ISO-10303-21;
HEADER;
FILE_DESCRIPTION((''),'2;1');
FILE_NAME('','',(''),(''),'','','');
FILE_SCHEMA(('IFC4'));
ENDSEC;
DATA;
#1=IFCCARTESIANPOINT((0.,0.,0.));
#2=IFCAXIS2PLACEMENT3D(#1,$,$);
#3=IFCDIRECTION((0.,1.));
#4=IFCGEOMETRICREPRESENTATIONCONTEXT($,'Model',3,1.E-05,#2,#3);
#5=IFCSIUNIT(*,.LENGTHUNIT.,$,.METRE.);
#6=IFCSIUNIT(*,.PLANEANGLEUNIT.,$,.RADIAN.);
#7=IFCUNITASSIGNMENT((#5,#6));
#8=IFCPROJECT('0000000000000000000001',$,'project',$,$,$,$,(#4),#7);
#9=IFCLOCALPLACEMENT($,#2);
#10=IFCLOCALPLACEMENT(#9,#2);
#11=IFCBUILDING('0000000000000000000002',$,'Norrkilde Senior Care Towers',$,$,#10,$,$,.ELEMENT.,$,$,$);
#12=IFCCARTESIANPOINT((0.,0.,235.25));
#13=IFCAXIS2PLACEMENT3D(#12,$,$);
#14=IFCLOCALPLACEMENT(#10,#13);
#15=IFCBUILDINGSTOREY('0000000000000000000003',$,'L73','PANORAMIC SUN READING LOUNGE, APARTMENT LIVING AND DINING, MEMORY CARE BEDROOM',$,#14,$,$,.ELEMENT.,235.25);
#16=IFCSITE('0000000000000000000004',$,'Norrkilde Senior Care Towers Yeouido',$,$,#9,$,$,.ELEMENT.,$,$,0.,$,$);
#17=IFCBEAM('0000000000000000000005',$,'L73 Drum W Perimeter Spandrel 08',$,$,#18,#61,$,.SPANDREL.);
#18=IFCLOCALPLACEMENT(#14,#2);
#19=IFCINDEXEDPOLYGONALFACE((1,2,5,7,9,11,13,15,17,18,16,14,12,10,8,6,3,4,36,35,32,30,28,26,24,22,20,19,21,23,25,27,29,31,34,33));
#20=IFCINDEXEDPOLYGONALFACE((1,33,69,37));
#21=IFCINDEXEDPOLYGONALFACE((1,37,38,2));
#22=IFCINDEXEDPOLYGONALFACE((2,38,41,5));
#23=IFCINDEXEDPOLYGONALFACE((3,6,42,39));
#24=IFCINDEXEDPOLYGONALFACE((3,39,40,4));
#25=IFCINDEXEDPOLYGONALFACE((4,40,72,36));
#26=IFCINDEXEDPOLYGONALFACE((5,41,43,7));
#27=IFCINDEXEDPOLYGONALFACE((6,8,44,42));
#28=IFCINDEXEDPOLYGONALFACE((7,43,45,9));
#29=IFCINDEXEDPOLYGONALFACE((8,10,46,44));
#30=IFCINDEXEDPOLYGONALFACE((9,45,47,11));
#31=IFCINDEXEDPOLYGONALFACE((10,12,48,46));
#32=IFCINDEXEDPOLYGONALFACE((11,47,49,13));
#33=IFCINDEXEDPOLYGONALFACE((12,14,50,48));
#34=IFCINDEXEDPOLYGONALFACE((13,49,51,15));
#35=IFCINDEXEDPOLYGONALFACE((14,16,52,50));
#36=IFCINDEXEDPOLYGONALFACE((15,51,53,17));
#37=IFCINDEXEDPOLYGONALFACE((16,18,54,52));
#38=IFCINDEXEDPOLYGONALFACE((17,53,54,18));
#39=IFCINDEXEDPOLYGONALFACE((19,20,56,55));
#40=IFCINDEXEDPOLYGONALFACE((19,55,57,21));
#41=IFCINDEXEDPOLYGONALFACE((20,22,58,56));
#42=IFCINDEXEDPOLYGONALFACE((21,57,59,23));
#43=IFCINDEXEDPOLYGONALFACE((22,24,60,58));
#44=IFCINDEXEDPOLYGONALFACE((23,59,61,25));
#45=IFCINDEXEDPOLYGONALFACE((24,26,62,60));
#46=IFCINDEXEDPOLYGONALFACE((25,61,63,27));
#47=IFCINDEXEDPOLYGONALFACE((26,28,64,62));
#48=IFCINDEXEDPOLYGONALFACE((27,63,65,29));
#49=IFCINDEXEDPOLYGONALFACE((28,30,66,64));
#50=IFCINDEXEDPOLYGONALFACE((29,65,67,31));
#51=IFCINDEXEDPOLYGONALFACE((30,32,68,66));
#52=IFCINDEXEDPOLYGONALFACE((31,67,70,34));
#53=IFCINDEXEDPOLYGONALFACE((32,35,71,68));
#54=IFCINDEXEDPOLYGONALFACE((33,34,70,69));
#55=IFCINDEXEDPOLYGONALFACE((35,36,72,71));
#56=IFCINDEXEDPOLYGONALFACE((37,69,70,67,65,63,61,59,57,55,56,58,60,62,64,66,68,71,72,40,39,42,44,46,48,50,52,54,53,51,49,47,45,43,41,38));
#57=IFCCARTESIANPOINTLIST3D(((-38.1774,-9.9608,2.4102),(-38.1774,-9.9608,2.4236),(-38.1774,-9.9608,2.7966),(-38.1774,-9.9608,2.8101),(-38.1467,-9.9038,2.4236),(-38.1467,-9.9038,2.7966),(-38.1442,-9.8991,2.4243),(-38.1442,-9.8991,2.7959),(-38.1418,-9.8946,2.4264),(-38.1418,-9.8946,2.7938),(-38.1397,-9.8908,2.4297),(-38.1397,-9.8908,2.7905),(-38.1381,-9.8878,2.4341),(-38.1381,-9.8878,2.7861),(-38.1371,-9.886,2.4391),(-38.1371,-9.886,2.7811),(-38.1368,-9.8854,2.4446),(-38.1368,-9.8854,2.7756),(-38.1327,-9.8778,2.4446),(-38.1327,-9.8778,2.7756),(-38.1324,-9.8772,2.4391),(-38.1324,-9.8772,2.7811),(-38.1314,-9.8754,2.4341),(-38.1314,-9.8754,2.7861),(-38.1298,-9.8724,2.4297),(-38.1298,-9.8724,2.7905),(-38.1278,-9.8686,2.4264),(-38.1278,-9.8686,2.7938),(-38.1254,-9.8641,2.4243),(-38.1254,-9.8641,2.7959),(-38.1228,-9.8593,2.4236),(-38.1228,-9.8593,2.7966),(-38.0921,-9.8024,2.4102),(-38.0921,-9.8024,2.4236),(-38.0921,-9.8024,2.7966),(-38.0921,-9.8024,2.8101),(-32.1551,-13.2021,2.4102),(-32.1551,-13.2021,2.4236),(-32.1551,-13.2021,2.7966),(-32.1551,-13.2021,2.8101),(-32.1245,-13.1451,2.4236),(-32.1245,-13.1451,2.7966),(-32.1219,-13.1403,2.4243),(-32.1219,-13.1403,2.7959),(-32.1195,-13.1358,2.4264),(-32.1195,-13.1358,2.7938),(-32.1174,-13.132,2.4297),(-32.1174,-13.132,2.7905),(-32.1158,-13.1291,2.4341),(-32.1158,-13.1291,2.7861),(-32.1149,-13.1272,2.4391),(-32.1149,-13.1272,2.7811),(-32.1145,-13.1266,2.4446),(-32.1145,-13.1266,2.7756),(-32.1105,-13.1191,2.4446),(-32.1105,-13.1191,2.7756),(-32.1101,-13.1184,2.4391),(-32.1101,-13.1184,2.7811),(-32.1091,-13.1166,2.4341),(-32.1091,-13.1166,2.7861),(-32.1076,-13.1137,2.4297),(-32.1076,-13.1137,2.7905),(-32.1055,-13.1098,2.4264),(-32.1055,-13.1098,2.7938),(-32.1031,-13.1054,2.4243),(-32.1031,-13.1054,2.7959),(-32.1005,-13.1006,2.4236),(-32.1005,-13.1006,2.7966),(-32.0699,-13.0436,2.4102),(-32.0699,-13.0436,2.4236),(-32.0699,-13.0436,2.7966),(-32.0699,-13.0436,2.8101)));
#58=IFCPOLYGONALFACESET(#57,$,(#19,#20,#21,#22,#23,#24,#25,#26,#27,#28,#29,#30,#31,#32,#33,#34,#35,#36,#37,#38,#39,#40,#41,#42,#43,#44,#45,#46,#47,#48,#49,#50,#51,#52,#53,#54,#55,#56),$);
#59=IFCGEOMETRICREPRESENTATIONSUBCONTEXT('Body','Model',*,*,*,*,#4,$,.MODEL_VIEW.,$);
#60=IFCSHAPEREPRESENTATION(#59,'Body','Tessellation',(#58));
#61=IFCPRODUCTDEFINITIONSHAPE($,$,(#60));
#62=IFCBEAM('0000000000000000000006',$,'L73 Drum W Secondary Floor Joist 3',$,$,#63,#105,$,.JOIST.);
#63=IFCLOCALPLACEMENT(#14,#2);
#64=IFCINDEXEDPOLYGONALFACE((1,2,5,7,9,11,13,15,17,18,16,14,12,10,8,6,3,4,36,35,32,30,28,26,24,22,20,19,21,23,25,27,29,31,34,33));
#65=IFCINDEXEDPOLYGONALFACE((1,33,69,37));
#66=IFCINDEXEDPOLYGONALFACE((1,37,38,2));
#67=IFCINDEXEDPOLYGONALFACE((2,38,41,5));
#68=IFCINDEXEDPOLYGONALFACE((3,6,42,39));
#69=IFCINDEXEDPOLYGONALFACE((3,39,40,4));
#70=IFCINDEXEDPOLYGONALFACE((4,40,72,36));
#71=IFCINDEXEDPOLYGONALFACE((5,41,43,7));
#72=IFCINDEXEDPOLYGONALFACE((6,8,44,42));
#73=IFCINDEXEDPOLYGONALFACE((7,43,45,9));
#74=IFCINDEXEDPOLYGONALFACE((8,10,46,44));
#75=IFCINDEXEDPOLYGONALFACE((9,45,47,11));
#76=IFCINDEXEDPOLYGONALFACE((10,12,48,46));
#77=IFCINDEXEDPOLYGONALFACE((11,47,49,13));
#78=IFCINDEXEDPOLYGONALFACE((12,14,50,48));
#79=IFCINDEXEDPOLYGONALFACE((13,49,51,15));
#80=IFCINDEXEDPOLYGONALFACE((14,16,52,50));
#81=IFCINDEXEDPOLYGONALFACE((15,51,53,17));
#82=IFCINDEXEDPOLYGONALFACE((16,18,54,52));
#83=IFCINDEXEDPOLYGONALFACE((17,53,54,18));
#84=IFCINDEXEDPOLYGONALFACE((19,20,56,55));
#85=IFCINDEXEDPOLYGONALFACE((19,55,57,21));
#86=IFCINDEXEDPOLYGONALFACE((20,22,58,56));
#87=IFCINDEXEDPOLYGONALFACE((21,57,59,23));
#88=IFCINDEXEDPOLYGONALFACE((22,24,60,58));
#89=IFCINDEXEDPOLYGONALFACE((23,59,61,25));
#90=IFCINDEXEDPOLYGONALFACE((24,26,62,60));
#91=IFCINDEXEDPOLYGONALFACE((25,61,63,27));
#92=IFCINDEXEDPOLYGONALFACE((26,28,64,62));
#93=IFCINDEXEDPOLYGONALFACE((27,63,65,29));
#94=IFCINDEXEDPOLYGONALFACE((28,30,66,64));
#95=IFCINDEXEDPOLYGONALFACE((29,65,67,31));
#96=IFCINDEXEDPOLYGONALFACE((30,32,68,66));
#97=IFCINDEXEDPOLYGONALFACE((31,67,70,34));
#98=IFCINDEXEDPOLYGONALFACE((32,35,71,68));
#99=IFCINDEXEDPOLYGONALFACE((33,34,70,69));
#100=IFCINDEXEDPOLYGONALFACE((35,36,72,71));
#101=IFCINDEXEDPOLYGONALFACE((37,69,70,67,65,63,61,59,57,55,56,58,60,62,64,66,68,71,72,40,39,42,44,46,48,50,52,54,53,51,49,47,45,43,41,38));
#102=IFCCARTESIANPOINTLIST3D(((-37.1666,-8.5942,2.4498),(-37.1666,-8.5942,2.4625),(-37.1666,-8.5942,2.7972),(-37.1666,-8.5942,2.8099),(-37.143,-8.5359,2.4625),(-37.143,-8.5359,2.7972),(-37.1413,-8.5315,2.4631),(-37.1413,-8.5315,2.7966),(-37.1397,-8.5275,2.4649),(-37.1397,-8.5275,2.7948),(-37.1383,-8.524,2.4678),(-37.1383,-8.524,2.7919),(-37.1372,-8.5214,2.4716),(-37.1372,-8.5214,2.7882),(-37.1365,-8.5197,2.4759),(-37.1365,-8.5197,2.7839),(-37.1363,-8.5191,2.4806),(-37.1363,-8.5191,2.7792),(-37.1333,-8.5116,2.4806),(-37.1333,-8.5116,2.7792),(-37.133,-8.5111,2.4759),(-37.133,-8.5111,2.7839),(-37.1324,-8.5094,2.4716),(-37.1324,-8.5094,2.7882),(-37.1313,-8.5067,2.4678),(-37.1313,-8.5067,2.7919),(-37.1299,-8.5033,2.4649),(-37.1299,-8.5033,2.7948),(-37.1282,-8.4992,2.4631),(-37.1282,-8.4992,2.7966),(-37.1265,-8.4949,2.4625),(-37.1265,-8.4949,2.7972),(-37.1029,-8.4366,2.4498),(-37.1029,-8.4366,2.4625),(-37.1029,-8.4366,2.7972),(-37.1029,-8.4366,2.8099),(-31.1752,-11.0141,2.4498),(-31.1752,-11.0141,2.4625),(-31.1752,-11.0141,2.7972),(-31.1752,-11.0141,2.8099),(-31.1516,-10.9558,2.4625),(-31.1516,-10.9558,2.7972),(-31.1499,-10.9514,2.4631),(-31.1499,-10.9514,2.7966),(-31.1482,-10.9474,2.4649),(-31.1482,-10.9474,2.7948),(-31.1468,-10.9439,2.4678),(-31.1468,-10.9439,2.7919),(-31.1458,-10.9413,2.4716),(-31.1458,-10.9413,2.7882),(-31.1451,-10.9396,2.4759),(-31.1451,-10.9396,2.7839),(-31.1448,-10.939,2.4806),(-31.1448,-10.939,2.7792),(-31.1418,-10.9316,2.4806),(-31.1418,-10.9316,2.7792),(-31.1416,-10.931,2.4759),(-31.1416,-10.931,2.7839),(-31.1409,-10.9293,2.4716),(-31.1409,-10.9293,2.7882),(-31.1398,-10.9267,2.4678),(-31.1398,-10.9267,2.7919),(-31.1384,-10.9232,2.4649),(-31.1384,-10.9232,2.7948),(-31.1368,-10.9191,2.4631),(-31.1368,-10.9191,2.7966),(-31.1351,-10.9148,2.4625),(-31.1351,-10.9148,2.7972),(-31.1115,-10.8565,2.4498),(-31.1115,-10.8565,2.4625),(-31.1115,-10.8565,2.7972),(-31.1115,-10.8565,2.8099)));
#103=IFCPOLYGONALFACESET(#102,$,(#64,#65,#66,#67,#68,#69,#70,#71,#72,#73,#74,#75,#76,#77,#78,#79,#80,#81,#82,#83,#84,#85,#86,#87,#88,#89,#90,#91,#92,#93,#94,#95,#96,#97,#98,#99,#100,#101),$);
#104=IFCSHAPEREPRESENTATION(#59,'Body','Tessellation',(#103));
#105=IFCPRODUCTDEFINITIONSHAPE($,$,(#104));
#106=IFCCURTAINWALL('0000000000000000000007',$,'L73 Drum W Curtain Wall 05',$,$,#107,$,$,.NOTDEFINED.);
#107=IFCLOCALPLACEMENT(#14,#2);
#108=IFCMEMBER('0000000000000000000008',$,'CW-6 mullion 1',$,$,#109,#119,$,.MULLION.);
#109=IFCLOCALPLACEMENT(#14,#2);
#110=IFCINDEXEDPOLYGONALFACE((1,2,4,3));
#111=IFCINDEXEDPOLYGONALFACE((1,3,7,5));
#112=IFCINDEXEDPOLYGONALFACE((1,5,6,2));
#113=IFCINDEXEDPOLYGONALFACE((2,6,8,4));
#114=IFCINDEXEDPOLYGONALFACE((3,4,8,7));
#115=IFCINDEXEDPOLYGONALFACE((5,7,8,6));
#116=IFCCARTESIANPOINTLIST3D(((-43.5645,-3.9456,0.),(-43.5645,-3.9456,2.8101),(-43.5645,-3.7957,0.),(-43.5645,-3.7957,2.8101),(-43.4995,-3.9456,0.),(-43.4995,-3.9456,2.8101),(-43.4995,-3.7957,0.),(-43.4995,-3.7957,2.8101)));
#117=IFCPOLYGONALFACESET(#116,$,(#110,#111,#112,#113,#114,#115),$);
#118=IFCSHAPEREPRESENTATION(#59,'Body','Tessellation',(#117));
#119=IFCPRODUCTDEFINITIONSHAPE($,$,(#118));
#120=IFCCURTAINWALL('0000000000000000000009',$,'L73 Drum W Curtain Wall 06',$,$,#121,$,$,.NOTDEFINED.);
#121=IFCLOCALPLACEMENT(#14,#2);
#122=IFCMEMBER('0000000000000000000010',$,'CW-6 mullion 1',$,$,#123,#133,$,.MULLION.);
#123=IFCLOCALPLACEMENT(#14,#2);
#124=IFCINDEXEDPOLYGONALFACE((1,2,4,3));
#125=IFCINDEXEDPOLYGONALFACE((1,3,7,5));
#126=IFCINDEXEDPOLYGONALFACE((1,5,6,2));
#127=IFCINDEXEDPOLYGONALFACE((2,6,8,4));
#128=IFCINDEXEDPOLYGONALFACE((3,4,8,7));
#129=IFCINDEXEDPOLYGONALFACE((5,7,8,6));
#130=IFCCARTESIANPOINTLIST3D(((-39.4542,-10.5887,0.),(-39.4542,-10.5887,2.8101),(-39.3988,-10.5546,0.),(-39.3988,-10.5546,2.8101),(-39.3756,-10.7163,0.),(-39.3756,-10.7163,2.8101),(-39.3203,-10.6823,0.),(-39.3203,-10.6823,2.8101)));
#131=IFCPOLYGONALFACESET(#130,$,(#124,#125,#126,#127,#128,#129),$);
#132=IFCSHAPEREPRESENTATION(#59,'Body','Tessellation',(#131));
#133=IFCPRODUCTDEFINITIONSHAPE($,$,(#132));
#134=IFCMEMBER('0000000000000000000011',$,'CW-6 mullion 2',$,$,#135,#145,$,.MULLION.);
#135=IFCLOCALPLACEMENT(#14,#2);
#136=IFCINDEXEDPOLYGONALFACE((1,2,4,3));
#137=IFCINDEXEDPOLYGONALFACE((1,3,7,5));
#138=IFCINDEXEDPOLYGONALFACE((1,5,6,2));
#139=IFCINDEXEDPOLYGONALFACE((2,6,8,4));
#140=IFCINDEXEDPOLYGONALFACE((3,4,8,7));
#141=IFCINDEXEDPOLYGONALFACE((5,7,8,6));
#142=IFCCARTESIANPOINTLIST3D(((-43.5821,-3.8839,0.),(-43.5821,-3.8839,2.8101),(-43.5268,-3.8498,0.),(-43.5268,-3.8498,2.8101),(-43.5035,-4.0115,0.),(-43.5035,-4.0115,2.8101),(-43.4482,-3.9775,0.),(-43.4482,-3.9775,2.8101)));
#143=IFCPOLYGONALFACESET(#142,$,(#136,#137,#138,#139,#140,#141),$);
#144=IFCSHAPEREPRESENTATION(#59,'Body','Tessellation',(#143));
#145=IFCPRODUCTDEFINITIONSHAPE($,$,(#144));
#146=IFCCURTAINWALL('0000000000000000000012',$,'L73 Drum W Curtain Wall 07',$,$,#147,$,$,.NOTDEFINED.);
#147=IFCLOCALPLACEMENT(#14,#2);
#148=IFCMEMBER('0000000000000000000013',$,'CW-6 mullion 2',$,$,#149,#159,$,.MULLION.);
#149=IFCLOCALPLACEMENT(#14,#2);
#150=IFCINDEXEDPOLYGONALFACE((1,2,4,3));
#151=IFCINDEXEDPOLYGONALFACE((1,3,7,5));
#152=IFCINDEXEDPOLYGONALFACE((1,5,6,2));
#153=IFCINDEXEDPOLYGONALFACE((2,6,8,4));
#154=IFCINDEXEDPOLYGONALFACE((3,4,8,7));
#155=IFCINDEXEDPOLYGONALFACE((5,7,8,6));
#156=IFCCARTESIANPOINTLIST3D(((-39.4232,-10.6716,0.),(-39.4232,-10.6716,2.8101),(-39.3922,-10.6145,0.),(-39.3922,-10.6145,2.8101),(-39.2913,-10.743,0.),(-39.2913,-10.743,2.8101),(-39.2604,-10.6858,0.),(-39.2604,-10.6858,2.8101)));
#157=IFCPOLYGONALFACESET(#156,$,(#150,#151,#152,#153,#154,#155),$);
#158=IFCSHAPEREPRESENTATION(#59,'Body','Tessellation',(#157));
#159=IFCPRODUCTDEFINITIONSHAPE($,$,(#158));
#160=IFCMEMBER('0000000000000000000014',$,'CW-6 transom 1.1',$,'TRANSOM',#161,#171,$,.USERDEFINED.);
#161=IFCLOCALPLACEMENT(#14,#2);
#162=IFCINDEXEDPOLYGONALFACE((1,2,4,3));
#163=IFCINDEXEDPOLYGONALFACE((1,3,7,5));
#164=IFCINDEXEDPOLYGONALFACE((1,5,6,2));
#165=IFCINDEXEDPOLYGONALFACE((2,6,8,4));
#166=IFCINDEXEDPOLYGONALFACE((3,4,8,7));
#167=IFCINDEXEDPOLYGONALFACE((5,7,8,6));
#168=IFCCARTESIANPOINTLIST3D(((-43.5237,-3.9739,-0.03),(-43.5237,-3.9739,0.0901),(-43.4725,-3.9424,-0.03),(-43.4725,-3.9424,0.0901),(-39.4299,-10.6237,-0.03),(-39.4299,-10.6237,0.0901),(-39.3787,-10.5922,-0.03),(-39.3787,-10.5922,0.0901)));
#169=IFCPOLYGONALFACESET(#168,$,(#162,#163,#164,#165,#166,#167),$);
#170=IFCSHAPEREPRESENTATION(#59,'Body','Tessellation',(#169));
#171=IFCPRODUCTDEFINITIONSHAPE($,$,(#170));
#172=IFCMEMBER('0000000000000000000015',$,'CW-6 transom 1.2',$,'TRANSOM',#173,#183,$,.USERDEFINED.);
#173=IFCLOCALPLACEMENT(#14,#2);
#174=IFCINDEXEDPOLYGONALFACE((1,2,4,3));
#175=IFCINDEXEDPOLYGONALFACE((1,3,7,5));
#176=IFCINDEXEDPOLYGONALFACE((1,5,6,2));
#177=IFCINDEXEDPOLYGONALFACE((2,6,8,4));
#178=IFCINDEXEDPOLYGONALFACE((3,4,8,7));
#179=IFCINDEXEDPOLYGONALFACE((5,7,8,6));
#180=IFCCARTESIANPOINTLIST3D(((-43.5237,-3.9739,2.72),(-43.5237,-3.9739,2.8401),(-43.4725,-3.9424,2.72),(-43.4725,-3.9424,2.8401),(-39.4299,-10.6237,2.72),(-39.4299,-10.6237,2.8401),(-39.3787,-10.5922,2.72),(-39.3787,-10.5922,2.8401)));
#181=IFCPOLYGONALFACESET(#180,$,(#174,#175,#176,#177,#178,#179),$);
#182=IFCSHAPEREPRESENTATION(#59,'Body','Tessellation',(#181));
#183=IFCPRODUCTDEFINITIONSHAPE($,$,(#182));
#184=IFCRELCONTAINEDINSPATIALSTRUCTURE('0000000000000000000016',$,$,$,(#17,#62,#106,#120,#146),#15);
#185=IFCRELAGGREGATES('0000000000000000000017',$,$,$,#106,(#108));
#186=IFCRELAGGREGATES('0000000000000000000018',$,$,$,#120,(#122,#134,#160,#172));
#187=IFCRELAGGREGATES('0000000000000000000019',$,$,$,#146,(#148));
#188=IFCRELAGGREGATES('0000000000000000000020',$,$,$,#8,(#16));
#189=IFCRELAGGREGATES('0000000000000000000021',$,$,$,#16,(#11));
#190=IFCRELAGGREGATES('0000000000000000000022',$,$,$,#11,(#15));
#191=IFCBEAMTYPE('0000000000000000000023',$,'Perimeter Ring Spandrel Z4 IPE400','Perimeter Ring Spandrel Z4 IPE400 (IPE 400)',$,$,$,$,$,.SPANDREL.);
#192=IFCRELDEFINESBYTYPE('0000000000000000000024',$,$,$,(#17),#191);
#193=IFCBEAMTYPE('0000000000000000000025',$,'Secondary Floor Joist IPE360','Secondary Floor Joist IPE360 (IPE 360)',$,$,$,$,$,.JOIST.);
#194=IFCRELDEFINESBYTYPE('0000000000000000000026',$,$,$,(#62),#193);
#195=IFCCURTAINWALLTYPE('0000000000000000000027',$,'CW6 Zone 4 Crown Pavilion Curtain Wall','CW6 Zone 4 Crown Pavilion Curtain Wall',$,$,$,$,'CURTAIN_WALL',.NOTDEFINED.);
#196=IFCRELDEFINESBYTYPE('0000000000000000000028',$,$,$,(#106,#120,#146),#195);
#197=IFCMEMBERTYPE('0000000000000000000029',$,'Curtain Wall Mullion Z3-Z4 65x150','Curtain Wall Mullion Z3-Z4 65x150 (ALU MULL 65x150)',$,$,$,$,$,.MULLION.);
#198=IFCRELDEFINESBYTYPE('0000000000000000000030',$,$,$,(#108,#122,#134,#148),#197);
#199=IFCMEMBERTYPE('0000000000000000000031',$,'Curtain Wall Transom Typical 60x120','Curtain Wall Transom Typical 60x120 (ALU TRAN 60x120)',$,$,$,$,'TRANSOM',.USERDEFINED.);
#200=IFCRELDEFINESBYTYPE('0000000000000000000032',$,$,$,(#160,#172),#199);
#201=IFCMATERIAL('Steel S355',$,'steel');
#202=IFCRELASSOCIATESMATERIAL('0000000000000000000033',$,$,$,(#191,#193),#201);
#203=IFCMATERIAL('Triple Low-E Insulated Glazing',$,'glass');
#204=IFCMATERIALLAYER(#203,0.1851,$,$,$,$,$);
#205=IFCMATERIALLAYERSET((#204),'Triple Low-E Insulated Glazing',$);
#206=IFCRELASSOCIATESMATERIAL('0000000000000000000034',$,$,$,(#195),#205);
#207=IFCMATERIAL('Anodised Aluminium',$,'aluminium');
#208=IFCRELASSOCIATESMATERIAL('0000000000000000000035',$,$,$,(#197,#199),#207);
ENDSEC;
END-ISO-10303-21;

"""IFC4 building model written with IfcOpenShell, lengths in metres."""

from ifc_helpers import new_model, si_unit, direction, frame, origin, origin_2d, place, context, subcontext, project, spatial, rectangle, i_section, extrude, source, transform, mapped, material, layer, layer_set, material_profile, profile_set, type_object, type_shapes, element, aggregate, save


model = new_model("IFC4")

# Units and contexts
model_context = context("Model", 3, precision=1e-05, world=origin(), true_north=direction((0.0, 1.0)))
body_context = subcontext(model_context, "Body", "Model", "MODEL_VIEW")
ifc_project = project(units=[si_unit("LENGTHUNIT", "METRE"), si_unit("PLANEANGLEUNIT", "RADIAN")], contexts=[model_context])

# Site, building, storey
site_placement = place(None, origin())
site = spatial("IfcSite", under=ifc_project, at=site_placement, Name="Norrkilde Senior Care Towers Yeouido", CompositionType="ELEMENT", RefElevation=0.0)
building_placement = place(site_placement, origin())
building = spatial("IfcBuilding", under=site, at=building_placement, Name="Norrkilde Senior Care Towers", CompositionType="ELEMENT")
storey_placement = place(building_placement, frame((0.0, 0.0, 235.25)))
storey = spatial("IfcBuildingStorey", under=building, at=storey_placement, Name="L73", Description="PANORAMIC SUN READING LOUNGE, APARTMENT LIVING AND DINING, MEMORY CARE BEDROOM", CompositionType="ELEMENT", Elevation=235.25)

# Beams
ifc_material_1 = material(Name="Steel S355", Category="steel")
ifc_material_profile_1 = material_profile(ifc_material_1, i_section(OverallWidth=0.1799, OverallDepth=0.3999, WebThickness=0.0085, FlangeThickness=0.0134, FilletRadius=0.021, at=origin_2d()), Name="IPE 400")
ifc_profile_set_1 = profile_set([ifc_material_profile_1], Name="Steel S355")
beam_type_1 = type_object("IfcBeamType", Name="Perimeter Ring Spandrel Z4 IPE400", Description="Perimeter Ring Spandrel Z4 IPE400 (IPE 400)", PredefinedType="SPANDREL", material=ifc_profile_set_1)
shared_shape_1 = source(origin(), body_context, "Body", "SweptSolid", [
    extrude(i_section(OverallWidth=0.1799, OverallDepth=0.3999, WebThickness=0.0085, FlangeThickness=0.0134, FilletRadius=0.021, at=origin_2d()), origin(), (0.0, 0.0, 1.0), 6.8391),
])
beam_1_placement = place(storey_placement, frame((-38.1348, -9.8816, 2.6101), z_axis=(0.880564, -0.473927, 0.0), x_axis=(0.473927, 0.880564, 0.0)))
element("IfcBeam", 1, at=beam_1_placement, inside=storey, type_object=beam_type_1, Name="L73 Drum W Perimeter Spandrel 08", PredefinedType="SPANDREL", context=body_context, shape_type="MappedRepresentation", body=[
    mapped(shared_shape_1, transform((0.0, 0.0, 0.0), x_axis=(1.0, 0.0, 0.0), y_axis=(0.0, 1.0, 0.0), z_axis=(0.0, 0.0, 1.0), scale=1.0)),
])
ifc_material_profile_2 = material_profile(ifc_material_1, i_section(OverallWidth=0.1699, OverallDepth=0.3601, WebThickness=0.0081, FlangeThickness=0.0127, FilletRadius=0.0181, at=origin_2d()), Name="IPE 360")
ifc_profile_set_2 = profile_set([ifc_material_profile_2], Name="Steel S355")
beam_type_2 = type_object("IfcBeamType", Name="Secondary Floor Joist IPE360", Description="Secondary Floor Joist IPE360 (IPE 360)", PredefinedType="JOIST", material=ifc_profile_set_2)
shared_shape_2 = source(origin(), body_context, "Body", "SweptSolid", [
    extrude(i_section(OverallWidth=0.1699, OverallDepth=0.3601, WebThickness=0.0081, FlangeThickness=0.0127, FilletRadius=0.0181, at=origin_2d()), origin(), (0.0, 0.0, 1.0), 6.4617),
])
type_shapes(beam_type_2, [shared_shape_2])
beam_2_placement = place(storey_placement, frame((-37.1348, -8.5154, 2.6299), z_axis=(0.927226, -0.374502, 0.0), x_axis=(0.374502, 0.927226, 0.0)))
element("IfcBeam", 2, at=beam_2_placement, inside=storey, type_object=beam_type_2, Name="L73 Drum W Secondary Floor Joist 3", PredefinedType="JOIST", context=body_context, shape_type="MappedRepresentation", body=[
    mapped(shared_shape_2, transform((0.0, 0.0, 0.0), x_axis=(1.0, 0.0, 0.0), y_axis=(0.0, 1.0, 0.0), z_axis=(0.0, 0.0, 1.0), scale=1.0)),
])

# Curtain wall, member
ifc_material_2 = material(Name="Triple Low-E Insulated Glazing", Category="glass")
ifc_layer_1 = layer(ifc_material_2, 0.1851)
ifc_layer_set_1 = layer_set([ifc_layer_1], Name="Triple Low-E Insulated Glazing")
curtain_wall_type = type_object("IfcCurtainWallType", Name="CW6 Zone 4 Crown Pavilion Curtain Wall", Description="CW6 Zone 4 Crown Pavilion Curtain Wall", ElementType="CURTAIN_WALL", PredefinedType="NOTDEFINED", material=ifc_layer_set_1)
curtain_wall_1_placement = place(storey_placement, origin())
curtain_wall_1 = element("IfcCurtainWall", 3, at=curtain_wall_1_placement, inside=storey, type_object=curtain_wall_type, Name="L73 Drum W Curtain Wall 05", PredefinedType="NOTDEFINED")
ifc_material_3 = material(Name="Anodised Aluminium", Category="aluminium")
ifc_material_profile_3 = material_profile(ifc_material_3, rectangle(XDim=0.0649, YDim=0.1499, at=origin_2d()), Name="ALU MULL 65x150")
ifc_profile_set_3 = profile_set([ifc_material_profile_3], Name="Anodised Aluminium")
member_type_1 = type_object("IfcMemberType", Name="Curtain Wall Mullion Z3-Z4 65x150", Description="Curtain Wall Mullion Z3-Z4 65x150 (ALU MULL 65x150)", PredefinedType="MULLION", material=ifc_profile_set_3)
shared_shape_3 = source(origin(), body_context, "Body", "SweptSolid", [
    extrude(rectangle(XDim=0.0649, YDim=0.1499, at=origin_2d()), origin(), (0.0, 0.0, 1.0), 2.8101),
])
type_shapes(member_type_1, [shared_shape_3])
member_1_placement = place(storey_placement, frame((-43.532, -3.8706, 0.0), z_axis=(0.0, 0.0, 1.0), x_axis=(-1.0, 0.0, 0.0)))
member_1 = element("IfcMember", 4, at=member_1_placement, type_object=member_type_1, Name="CW-6 mullion 1", PredefinedType="MULLION", context=body_context, shape_type="MappedRepresentation", body=[
    mapped(shared_shape_3, transform((0.0, 0.0, 0.0), x_axis=(1.0, 0.0, 0.0), y_axis=(0.0, 1.0, 0.0), z_axis=(0.0, 0.0, 1.0), scale=1.0)),
])

# Curtain wall, members
curtain_wall_2_placement = place(storey_placement, origin())
curtain_wall_2 = element("IfcCurtainWall", 5, at=curtain_wall_2_placement, inside=storey, type_object=curtain_wall_type, Name="L73 Drum W Curtain Wall 06", PredefinedType="NOTDEFINED")
member_2_placement = place(storey_placement, frame((-39.3872, -10.6355, 0.0), z_axis=(0.0, 0.0, 1.0), x_axis=(-0.851563, -0.524253, 0.0)))
member_2 = element("IfcMember", 6, at=member_2_placement, type_object=member_type_1, Name="CW-6 mullion 1", PredefinedType="MULLION", context=body_context, shape_type="MappedRepresentation", body=[
    mapped(shared_shape_3, transform((0.0, 0.0, 0.0), x_axis=(1.0, 0.0, 0.0), y_axis=(0.0, 1.0, 0.0), z_axis=(0.0, 0.0, 1.0), scale=1.0)),
])
member_3_placement = place(storey_placement, frame((-43.5151, -3.9307, 0.0), z_axis=(0.0, 0.0, 1.0), x_axis=(-0.851563, -0.524253, 0.0)))
member_3 = element("IfcMember", 7, at=member_3_placement, type_object=member_type_1, Name="CW-6 mullion 2", PredefinedType="MULLION", context=body_context, shape_type="MappedRepresentation", body=[
    mapped(shared_shape_3, transform((0.0, 0.0, 0.0), x_axis=(1.0, 0.0, 0.0), y_axis=(0.0, 1.0, 0.0), z_axis=(0.0, 0.0, 1.0), scale=1.0)),
])

# Curtain wall, member
curtain_wall_3_placement = place(storey_placement, origin())
curtain_wall_3 = element("IfcCurtainWall", 8, at=curtain_wall_3_placement, inside=storey, type_object=curtain_wall_type, Name="L73 Drum W Curtain Wall 07", PredefinedType="NOTDEFINED")
member_4_placement = place(storey_placement, frame((-39.3418, -10.6787, 0.0), z_axis=(0.0, 0.0, 1.0), x_axis=(-0.476133, -0.879373, 0.0)))
member_4 = element("IfcMember", 9, at=member_4_placement, type_object=member_type_1, Name="CW-6 mullion 2", PredefinedType="MULLION", context=body_context, shape_type="MappedRepresentation", body=[
    mapped(shared_shape_3, transform((0.0, 0.0, 0.0), x_axis=(1.0, 0.0, 0.0), y_axis=(0.0, 1.0, 0.0), z_axis=(0.0, 0.0, 1.0), scale=1.0)),
])

# Members
ifc_material_profile_4 = material_profile(ifc_material_3, rectangle(XDim=0.0601, YDim=0.1201, at=origin_2d()), Name="ALU TRAN 60x120")
ifc_profile_set_4 = profile_set([ifc_material_profile_4], Name="Anodised Aluminium")
member_type_2 = type_object("IfcMemberType", Name="Curtain Wall Transom Typical 60x120", Description="Curtain Wall Transom Typical 60x120 (ALU TRAN 60x120)", ElementType="TRANSOM", PredefinedType="USERDEFINED", material=ifc_profile_set_4)
shared_shape_4 = source(origin(), body_context, "Body", "SweptSolid", [
    extrude(rectangle(XDim=0.0601, YDim=0.1201, at=origin_2d()), origin(), (0.0, 0.0, 1.0), 7.8088),
])
member_5_placement = place(storey_placement, frame((-39.4043, -10.6079, 0.03), z_axis=(-0.524251, 0.851564, 0.0), x_axis=(-0.851564, -0.524251, 0.0)))
member_5 = element("IfcMember", 10, at=member_5_placement, type_object=member_type_2, Name="CW-6 transom 1.1", ObjectType="TRANSOM", PredefinedType="USERDEFINED", context=body_context, shape_type="MappedRepresentation", body=[
    mapped(shared_shape_4, transform((0.0, 0.0, 0.0), x_axis=(1.0, 0.0, 0.0), y_axis=(0.0, 1.0, 0.0), z_axis=(0.0, 0.0, 1.0), scale=1.0)),
])
member_6_placement = place(storey_placement, frame((-39.4043, -10.6079, 2.78), z_axis=(-0.524251, 0.851564, 0.0), x_axis=(-0.851564, -0.524251, 0.0)))
member_6 = element("IfcMember", 11, at=member_6_placement, type_object=member_type_2, Name="CW-6 transom 1.2", ObjectType="TRANSOM", PredefinedType="USERDEFINED", context=body_context, shape_type="MappedRepresentation", body=[
    mapped(shared_shape_4, transform((0.0, 0.0, 0.0), x_axis=(1.0, 0.0, 0.0), y_axis=(0.0, 1.0, 0.0), z_axis=(0.0, 0.0, 1.0), scale=1.0)),
])
aggregate(curtain_wall_1, [member_1])

aggregate(curtain_wall_2, [member_2, member_3, member_5, member_6])
aggregate(curtain_wall_3, [member_4])

save(model, "model.ifc")
